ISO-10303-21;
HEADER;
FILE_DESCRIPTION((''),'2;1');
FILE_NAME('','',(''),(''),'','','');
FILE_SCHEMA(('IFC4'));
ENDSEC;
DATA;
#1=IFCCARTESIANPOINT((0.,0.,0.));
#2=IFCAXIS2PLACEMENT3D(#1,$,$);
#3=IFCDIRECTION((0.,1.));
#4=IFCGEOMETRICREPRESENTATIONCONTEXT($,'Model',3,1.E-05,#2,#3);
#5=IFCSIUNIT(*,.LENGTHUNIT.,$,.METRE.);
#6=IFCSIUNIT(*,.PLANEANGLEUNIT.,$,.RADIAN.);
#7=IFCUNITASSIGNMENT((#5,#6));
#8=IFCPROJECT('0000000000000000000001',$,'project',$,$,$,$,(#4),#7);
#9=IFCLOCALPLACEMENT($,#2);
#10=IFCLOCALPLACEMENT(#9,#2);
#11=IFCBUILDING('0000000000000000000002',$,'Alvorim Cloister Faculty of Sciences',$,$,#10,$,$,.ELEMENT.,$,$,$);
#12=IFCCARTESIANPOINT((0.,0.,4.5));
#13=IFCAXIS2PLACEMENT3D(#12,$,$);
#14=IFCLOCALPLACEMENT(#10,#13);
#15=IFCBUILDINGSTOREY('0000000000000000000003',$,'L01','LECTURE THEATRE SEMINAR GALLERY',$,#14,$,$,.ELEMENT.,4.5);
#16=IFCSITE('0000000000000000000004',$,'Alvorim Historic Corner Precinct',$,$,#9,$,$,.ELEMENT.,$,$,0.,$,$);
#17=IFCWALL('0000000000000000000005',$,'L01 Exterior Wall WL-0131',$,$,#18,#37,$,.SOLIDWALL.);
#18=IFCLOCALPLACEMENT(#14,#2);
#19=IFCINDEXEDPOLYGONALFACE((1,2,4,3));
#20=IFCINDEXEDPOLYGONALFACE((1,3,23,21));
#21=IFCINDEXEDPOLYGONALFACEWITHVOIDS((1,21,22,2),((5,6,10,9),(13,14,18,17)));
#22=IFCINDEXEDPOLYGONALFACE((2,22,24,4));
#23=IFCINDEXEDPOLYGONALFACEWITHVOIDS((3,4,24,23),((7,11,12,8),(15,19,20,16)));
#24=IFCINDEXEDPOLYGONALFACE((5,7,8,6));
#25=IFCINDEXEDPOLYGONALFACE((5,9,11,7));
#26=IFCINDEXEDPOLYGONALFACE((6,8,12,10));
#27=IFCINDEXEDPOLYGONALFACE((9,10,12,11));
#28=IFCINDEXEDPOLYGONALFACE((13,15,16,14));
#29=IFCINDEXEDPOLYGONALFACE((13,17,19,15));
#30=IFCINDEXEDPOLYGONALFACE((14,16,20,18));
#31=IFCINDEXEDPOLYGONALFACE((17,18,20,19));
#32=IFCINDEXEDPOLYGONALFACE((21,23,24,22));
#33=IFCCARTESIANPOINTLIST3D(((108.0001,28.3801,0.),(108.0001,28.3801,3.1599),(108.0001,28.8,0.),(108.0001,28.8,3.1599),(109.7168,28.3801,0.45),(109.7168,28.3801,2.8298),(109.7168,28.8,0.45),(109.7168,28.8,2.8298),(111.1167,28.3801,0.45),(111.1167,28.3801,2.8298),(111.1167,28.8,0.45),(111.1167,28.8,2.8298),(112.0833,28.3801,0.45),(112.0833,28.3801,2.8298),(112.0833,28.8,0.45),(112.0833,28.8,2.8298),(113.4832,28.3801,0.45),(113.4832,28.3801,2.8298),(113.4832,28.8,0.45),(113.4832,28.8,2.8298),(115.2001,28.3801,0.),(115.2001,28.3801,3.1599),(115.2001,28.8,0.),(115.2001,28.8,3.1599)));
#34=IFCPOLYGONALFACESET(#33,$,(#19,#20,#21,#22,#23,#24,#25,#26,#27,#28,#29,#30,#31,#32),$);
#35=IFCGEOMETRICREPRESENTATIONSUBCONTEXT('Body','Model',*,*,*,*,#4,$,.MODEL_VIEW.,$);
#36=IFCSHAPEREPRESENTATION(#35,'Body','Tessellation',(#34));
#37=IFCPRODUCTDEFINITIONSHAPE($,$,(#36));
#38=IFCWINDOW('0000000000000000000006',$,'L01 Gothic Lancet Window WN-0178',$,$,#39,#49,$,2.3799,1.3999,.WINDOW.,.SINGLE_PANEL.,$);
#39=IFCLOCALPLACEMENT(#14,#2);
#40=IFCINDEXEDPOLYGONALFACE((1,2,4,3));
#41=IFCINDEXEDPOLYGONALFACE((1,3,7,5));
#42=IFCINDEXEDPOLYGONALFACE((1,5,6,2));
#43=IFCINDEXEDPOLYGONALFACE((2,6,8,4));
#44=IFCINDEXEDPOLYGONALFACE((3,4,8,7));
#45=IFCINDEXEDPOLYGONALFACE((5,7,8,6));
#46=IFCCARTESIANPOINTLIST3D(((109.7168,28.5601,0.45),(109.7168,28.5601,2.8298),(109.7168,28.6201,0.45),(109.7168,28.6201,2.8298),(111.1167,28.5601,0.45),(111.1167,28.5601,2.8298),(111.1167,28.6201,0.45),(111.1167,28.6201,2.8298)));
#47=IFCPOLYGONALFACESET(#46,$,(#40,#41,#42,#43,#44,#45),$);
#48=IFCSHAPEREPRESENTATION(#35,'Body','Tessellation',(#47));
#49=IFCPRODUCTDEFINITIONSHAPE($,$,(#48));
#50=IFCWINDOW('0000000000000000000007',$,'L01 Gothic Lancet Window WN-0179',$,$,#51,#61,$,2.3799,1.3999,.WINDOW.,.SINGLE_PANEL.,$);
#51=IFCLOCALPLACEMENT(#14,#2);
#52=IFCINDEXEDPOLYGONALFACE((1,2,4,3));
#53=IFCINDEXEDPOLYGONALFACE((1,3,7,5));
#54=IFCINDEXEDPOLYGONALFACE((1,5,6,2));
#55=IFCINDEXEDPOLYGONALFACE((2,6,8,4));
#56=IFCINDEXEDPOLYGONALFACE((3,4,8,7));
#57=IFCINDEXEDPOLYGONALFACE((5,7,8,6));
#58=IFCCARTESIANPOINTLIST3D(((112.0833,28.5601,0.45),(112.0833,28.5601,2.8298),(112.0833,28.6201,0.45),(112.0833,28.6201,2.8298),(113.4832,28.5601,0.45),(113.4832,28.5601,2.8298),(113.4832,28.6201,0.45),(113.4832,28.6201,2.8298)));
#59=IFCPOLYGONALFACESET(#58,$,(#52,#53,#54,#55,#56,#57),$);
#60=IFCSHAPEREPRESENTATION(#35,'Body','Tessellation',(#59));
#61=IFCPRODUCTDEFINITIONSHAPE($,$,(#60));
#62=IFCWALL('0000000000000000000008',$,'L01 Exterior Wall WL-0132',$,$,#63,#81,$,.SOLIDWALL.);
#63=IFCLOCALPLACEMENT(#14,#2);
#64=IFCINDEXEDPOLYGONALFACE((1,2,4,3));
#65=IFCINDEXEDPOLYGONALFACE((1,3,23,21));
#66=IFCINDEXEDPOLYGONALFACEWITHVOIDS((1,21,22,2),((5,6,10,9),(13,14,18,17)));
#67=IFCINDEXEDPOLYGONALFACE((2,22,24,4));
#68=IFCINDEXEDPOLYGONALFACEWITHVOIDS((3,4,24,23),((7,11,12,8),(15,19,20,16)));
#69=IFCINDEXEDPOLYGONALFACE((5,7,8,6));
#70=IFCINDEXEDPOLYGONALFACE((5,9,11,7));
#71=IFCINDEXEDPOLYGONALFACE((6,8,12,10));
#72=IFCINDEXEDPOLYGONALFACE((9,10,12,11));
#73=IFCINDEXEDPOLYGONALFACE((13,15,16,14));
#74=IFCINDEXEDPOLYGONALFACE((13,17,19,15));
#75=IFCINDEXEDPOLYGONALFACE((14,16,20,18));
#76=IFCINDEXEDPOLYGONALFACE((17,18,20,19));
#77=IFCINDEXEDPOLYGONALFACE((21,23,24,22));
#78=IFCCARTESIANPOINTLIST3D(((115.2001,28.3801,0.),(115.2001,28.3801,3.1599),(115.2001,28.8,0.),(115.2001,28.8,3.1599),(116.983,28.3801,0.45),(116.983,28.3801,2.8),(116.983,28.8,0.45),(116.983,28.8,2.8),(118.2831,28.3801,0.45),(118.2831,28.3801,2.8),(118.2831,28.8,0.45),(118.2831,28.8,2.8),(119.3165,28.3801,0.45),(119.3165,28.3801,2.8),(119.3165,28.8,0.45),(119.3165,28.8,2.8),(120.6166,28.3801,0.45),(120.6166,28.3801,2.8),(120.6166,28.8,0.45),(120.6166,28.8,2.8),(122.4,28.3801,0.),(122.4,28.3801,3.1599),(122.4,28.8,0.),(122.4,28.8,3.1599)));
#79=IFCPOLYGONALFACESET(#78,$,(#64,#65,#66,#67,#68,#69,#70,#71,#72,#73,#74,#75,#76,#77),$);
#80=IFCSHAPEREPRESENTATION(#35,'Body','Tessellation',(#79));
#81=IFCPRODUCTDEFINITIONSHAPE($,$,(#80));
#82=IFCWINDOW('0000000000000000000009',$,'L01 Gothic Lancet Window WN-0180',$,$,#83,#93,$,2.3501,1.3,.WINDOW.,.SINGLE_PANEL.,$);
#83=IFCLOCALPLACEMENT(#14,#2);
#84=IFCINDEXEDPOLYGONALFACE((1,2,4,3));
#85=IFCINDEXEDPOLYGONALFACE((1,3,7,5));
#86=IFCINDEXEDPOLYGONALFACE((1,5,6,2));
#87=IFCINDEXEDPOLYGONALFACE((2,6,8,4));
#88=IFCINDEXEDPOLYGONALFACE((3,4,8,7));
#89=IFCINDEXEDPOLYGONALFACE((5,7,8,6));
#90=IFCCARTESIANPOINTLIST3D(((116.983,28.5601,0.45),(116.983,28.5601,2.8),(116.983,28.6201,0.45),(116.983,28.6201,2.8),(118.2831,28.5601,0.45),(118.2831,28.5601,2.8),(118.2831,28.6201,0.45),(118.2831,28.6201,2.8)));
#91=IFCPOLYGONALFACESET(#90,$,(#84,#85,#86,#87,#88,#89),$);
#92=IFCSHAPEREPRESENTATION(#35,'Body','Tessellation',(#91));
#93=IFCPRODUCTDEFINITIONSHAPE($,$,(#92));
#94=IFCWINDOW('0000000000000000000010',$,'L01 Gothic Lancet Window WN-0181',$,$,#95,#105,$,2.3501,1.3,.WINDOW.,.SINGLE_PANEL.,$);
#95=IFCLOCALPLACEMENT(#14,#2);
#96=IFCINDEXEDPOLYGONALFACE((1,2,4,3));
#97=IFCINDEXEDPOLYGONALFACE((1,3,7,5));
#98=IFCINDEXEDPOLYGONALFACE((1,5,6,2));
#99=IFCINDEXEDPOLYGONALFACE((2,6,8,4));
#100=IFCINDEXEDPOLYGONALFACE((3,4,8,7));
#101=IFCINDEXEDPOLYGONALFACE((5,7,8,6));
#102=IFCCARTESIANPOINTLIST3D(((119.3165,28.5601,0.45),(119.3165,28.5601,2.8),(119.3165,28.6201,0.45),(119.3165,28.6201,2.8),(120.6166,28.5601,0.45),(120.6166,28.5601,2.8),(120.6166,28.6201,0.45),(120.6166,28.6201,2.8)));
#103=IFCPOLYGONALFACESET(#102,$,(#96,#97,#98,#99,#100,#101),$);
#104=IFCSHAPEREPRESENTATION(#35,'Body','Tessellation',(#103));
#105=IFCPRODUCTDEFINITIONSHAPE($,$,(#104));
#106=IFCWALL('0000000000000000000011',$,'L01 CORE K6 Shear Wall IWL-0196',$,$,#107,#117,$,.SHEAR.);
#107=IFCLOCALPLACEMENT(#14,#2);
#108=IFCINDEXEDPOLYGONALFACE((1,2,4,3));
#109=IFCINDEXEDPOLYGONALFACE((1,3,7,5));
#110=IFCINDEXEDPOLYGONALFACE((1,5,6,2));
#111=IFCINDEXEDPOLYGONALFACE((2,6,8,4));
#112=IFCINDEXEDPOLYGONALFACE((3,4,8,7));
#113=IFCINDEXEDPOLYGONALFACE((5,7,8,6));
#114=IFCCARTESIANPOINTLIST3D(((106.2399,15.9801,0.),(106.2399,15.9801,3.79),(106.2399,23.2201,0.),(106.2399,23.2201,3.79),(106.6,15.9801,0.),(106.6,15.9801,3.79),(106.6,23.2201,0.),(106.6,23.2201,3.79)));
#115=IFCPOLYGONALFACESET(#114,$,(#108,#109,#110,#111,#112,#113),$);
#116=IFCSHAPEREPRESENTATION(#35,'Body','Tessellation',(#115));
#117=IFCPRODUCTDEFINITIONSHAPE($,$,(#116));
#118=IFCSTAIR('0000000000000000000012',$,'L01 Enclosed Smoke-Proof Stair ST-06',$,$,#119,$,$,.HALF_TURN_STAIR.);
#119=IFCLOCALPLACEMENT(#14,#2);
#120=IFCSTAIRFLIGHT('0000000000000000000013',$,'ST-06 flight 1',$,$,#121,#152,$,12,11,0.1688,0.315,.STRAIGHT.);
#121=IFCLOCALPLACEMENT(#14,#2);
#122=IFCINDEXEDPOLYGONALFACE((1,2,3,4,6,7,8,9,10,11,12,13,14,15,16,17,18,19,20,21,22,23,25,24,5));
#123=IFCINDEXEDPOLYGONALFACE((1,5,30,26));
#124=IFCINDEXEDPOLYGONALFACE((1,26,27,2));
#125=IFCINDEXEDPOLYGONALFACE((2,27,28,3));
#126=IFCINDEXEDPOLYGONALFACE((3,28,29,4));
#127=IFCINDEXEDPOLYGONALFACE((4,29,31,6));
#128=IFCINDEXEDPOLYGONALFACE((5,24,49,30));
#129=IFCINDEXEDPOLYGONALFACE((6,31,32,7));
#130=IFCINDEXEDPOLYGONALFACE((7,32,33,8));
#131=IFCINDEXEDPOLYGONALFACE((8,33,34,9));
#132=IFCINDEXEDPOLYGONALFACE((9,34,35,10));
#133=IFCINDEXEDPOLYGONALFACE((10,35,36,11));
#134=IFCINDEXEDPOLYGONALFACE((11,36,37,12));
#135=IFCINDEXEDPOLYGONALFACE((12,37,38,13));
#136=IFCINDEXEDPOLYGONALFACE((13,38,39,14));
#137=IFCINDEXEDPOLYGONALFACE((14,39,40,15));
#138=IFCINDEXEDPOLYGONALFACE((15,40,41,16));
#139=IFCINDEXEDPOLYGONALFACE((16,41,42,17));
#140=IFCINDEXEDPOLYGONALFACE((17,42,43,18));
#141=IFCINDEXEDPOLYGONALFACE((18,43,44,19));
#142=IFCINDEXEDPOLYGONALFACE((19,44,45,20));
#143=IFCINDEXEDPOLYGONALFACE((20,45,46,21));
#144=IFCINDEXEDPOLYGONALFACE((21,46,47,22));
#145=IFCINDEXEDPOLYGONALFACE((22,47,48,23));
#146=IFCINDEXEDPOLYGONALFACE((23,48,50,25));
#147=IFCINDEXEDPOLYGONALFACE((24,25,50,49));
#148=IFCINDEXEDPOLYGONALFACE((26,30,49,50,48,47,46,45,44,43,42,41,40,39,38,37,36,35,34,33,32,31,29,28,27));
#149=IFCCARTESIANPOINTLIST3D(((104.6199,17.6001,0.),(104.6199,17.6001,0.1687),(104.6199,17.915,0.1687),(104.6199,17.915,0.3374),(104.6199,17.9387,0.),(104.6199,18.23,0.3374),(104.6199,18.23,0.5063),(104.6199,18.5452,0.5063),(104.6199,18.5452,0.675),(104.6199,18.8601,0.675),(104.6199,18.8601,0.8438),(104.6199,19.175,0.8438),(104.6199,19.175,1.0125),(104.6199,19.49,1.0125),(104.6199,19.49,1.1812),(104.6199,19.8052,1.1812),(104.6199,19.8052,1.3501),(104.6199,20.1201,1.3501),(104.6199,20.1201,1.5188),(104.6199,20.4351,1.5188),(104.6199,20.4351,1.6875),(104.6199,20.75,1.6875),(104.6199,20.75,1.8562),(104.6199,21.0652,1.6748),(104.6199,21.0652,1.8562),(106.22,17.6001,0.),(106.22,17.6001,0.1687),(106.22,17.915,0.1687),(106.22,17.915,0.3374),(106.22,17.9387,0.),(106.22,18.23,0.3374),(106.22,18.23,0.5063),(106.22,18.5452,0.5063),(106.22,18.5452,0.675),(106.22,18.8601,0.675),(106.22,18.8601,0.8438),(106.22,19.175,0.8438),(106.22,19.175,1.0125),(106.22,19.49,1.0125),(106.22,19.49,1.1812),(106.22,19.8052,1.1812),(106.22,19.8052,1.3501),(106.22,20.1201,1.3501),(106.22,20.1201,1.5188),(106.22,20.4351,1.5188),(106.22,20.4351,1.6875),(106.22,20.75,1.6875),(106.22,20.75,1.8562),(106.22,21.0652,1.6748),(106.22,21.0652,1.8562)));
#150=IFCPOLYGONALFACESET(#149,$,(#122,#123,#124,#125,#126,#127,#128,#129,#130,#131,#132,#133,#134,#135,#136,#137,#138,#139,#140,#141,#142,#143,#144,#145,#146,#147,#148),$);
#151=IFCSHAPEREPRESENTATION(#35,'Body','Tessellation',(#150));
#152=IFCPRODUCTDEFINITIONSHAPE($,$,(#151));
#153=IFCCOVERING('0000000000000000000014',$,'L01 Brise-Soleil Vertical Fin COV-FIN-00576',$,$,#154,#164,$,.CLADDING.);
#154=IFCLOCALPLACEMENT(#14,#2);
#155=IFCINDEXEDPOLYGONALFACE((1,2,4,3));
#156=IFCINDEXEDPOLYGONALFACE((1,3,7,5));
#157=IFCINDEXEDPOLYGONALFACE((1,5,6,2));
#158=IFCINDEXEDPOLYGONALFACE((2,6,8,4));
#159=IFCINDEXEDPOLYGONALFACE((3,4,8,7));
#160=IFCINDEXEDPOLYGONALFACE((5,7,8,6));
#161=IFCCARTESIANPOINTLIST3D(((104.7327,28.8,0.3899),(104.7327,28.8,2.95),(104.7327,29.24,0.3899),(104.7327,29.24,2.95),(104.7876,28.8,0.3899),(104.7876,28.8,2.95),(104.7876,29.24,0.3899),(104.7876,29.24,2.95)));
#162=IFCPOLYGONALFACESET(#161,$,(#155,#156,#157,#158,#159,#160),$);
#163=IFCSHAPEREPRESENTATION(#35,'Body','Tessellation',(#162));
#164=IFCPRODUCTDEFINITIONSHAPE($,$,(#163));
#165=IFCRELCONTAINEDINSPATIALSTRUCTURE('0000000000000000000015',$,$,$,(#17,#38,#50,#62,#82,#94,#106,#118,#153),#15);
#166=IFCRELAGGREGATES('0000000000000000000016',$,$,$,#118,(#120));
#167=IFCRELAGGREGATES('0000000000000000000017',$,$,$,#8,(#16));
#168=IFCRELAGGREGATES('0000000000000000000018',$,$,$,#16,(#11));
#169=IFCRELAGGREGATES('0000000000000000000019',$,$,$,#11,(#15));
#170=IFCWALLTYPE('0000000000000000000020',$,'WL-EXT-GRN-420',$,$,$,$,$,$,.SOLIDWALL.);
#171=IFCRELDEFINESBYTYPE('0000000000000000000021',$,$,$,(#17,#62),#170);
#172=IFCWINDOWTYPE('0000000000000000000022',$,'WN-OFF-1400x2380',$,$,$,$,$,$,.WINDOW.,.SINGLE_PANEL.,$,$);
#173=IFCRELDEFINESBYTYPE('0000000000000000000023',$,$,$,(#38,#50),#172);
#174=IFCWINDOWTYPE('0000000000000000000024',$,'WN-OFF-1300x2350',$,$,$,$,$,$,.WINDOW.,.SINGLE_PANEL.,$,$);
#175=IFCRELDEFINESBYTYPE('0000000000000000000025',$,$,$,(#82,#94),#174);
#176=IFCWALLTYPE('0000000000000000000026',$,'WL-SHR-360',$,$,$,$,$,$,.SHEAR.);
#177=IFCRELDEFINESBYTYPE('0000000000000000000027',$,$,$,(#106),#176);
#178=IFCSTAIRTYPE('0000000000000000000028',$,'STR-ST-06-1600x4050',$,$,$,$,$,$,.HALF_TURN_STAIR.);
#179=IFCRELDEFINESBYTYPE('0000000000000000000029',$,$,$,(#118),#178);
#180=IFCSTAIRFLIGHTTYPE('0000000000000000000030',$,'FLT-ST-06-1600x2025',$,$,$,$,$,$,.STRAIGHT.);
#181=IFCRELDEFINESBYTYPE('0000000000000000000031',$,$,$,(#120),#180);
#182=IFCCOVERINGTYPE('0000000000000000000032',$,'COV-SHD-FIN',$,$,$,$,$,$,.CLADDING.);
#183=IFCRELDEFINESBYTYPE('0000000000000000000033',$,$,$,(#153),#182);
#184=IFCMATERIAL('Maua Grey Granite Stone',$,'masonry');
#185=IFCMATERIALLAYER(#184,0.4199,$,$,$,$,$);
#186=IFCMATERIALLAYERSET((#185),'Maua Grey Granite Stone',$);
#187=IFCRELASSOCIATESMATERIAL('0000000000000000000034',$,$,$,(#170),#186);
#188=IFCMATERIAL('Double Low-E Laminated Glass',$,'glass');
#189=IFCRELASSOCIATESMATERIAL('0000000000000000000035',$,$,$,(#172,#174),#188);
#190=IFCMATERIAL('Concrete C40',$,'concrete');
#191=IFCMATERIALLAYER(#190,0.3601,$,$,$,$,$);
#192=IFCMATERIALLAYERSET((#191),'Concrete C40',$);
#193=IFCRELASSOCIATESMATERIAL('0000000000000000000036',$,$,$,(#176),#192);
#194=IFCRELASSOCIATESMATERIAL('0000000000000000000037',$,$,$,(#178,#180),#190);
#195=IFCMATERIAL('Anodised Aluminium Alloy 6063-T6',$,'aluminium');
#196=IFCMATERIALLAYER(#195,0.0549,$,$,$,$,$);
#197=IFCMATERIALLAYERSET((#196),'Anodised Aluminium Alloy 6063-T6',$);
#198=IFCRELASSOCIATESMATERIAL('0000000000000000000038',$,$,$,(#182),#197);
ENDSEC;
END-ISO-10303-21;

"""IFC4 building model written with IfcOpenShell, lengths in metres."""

from ifc_helpers import new_model, si_unit, direction, frame, frame_2d, origin, place, context, subcontext, project, spatial, polyline, rectangle, outline, extrude, material, layer, layer_set, type_object, element, fill, aggregate, save


model = new_model("IFC4")

# Units and contexts
model_context = context("Model", 3, precision=1e-05, world=origin(), true_north=direction((0.0, 1.0)))
body_context = subcontext(model_context, "Body", "Model", "MODEL_VIEW")
ifc_project = project(units=[si_unit("LENGTHUNIT", "METRE"), si_unit("PLANEANGLEUNIT", "RADIAN")], contexts=[model_context])

# Site, building, storey
site_placement = place(None, origin())
site = spatial("IfcSite", under=ifc_project, at=site_placement, Name="Alvorim Historic Corner Precinct", CompositionType="ELEMENT", RefElevation=0.0)
building_placement = place(site_placement, origin())
building = spatial("IfcBuilding", under=site, at=building_placement, Name="Alvorim Cloister Faculty of Sciences", CompositionType="ELEMENT")
storey_placement = place(building_placement, frame((0.0, 0.0, 4.5)))
storey = spatial("IfcBuildingStorey", under=building, at=storey_placement, Name="L01", Description="LECTURE THEATRE SEMINAR GALLERY", CompositionType="ELEMENT", Elevation=4.5)

# Shared definitions
ifc_material_1 = material(Name="Concrete C40", Category="concrete")

# Walls, openings, windows
ifc_material_2 = material(Name="Maua Grey Granite Stone", Category="masonry")
ifc_layer_1 = layer(ifc_material_2, 0.4199)
ifc_layer_set_1 = layer_set([ifc_layer_1], Name="Maua Grey Granite Stone")
wall_type_1 = type_object("IfcWallType", Name="WL-EXT-GRN-420", PredefinedType="SOLIDWALL", material=ifc_layer_set_1)
wall_1_placement = place(storey_placement, frame((108.0, 28.5901, 0.0), z_axis=(0.0, 0.0, 1.0), x_axis=(1.0, 0.0, 0.0)))
wall_1 = element("IfcWall", 1, at=wall_1_placement, inside=storey, type_object=wall_type_1, Name="L01 Exterior Wall WL-0131", PredefinedType="SOLIDWALL", context=body_context, shape_type="SweptSolid", body=[
    extrude(rectangle(XDim=7.2, YDim=0.4199, at=frame_2d((3.6001, 0.0))), origin(), (0.0, 0.0, 1.0), 3.1599),
])
opening_1_placement = place(wall_1_placement, frame((1.7168, 0.0, 0.45)))
opening_1 = element("IfcOpeningElement", 2, at=opening_1_placement, cuts=wall_1, PredefinedType="OPENING", context=body_context, shape_type="SweptSolid", body=[
    extrude(rectangle(XDim=1.3999, YDim=2.3799, at=frame_2d((0.7, 1.1899))), frame((0.0, 0.2219, 0.0), z_axis=(0.0, -1.0, 0.0), x_axis=(1.0, 0.0, 0.0)), (0.0, 0.0, 1.0), 0.4438),
])
opening_2_placement = place(wall_1_placement, frame((4.0833, 0.0, 0.45)))
opening_2 = element("IfcOpeningElement", 3, at=opening_2_placement, cuts=wall_1, PredefinedType="OPENING", context=body_context, shape_type="SweptSolid", body=[
    extrude(rectangle(XDim=1.3999, YDim=2.3799, at=frame_2d((0.7, 1.1899))), frame((0.0, 0.2219, 0.0), z_axis=(0.0, -1.0, 0.0), x_axis=(1.0, 0.0, 0.0)), (0.0, 0.0, 1.0), 0.4438),
])
ifc_material_3 = material(Name="Double Low-E Laminated Glass", Category="glass")
window_type_1 = type_object("IfcWindowType", Name="WN-OFF-1400x2380", PartitioningType="SINGLE_PANEL", PredefinedType="WINDOW", material=ifc_material_3)
window_1_placement = place(opening_1_placement, origin())
window_1 = element("IfcWindow", 4, at=window_1_placement, inside=storey, type_object=window_type_1, Name="L01 Gothic Lancet Window WN-0178", OverallHeight=2.3799, OverallWidth=1.3999, PartitioningType="SINGLE_PANEL", PredefinedType="WINDOW", context=body_context, shape_type="SweptSolid", body=[
    extrude(rectangle(XDim=1.3999, YDim=2.3799, at=frame_2d((0.7, 1.1899))), frame((0.0, 0.03, 0.0), z_axis=(0.0, -1.0, 0.0), x_axis=(1.0, 0.0, 0.0)), (0.0, 0.0, 1.0), 0.0601),
])
fill(opening_1, window_1)
window_2_placement = place(opening_2_placement, origin())
window_2 = element("IfcWindow", 5, at=window_2_placement, inside=storey, type_object=window_type_1, Name="L01 Gothic Lancet Window WN-0179", OverallHeight=2.3799, OverallWidth=1.3999, PartitioningType="SINGLE_PANEL", PredefinedType="WINDOW", context=body_context, shape_type="SweptSolid", body=[
    extrude(rectangle(XDim=1.3999, YDim=2.3799, at=frame_2d((0.7, 1.1899))), frame((0.0, 0.03, 0.0), z_axis=(0.0, -1.0, 0.0), x_axis=(1.0, 0.0, 0.0)), (0.0, 0.0, 1.0), 0.0601),
])
fill(opening_2, window_2)
wall_2_placement = place(storey_placement, frame((115.2, 28.5901, 0.0), z_axis=(0.0, 0.0, 1.0), x_axis=(1.0, 0.0, 0.0)))
wall_2 = element("IfcWall", 6, at=wall_2_placement, inside=storey, type_object=wall_type_1, Name="L01 Exterior Wall WL-0132", PredefinedType="SOLIDWALL", context=body_context, shape_type="SweptSolid", body=[
    extrude(rectangle(XDim=7.2, YDim=0.4199, at=frame_2d((3.6001, 0.0))), origin(), (0.0, 0.0, 1.0), 3.1599),
])
opening_3_placement = place(wall_2_placement, frame((1.7832, 0.0, 0.45)))
opening_3 = element("IfcOpeningElement", 7, at=opening_3_placement, cuts=wall_2, PredefinedType="OPENING", context=body_context, shape_type="SweptSolid", body=[
    extrude(rectangle(XDim=1.3, YDim=2.3501, at=frame_2d((0.6499, 1.175))), frame((0.0, 0.2219, 0.0), z_axis=(0.0, -1.0, 0.0), x_axis=(1.0, 0.0, 0.0)), (0.0, 0.0, 1.0), 0.4438),
])
opening_4_placement = place(wall_2_placement, frame((4.1167, 0.0, 0.45)))
opening_4 = element("IfcOpeningElement", 8, at=opening_4_placement, cuts=wall_2, PredefinedType="OPENING", context=body_context, shape_type="SweptSolid", body=[
    extrude(rectangle(XDim=1.3, YDim=2.3501, at=frame_2d((0.6499, 1.175))), frame((0.0, 0.2219, 0.0), z_axis=(0.0, -1.0, 0.0), x_axis=(1.0, 0.0, 0.0)), (0.0, 0.0, 1.0), 0.4438),
])
window_type_2 = type_object("IfcWindowType", Name="WN-OFF-1300x2350", PartitioningType="SINGLE_PANEL", PredefinedType="WINDOW", material=ifc_material_3)
window_3_placement = place(opening_3_placement, origin())
window_3 = element("IfcWindow", 9, at=window_3_placement, inside=storey, type_object=window_type_2, Name="L01 Gothic Lancet Window WN-0180", OverallHeight=2.3501, OverallWidth=1.3, PartitioningType="SINGLE_PANEL", PredefinedType="WINDOW", context=body_context, shape_type="SweptSolid", body=[
    extrude(rectangle(XDim=1.3, YDim=2.3501, at=frame_2d((0.6499, 1.175))), frame((0.0, 0.03, 0.0), z_axis=(0.0, -1.0, 0.0), x_axis=(1.0, 0.0, 0.0)), (0.0, 0.0, 1.0), 0.0601),
])
fill(opening_3, window_3)
window_4_placement = place(opening_4_placement, origin())
window_4 = element("IfcWindow", 10, at=window_4_placement, inside=storey, type_object=window_type_2, Name="L01 Gothic Lancet Window WN-0181", OverallHeight=2.3501, OverallWidth=1.3, PartitioningType="SINGLE_PANEL", PredefinedType="WINDOW", context=body_context, shape_type="SweptSolid", body=[
    extrude(rectangle(XDim=1.3, YDim=2.3501, at=frame_2d((0.6499, 1.175))), frame((0.0, 0.03, 0.0), z_axis=(0.0, -1.0, 0.0), x_axis=(1.0, 0.0, 0.0)), (0.0, 0.0, 1.0), 0.0601),
])
fill(opening_4, window_4)

# Wall
ifc_layer_2 = layer(ifc_material_1, 0.3601)
ifc_layer_set_2 = layer_set([ifc_layer_2], Name="Concrete C40")
wall_type_2 = type_object("IfcWallType", Name="WL-SHR-360", PredefinedType="SHEAR", material=ifc_layer_set_2)
wall_3_placement = place(storey_placement, frame((106.4199, 15.98, 0.0), z_axis=(0.0, 0.0, 1.0), x_axis=(0.0, 1.0, 0.0)))
element("IfcWall", 11, at=wall_3_placement, inside=storey, type_object=wall_type_2, Name="L01 CORE K6 Shear Wall IWL-0196", PredefinedType="SHEAR", context=body_context, shape_type="SweptSolid", body=[
    extrude(rectangle(XDim=7.24, YDim=0.3601, at=frame_2d((3.6201, 0.0))), origin(), (0.0, 0.0, 1.0), 3.79),
])

# Stair, stair flight
stair_type = type_object("IfcStairType", Name="STR-ST-06-1600x4050", PredefinedType="HALF_TURN_STAIR", material=ifc_material_1)
stair_placement = place(storey_placement, origin())
stair = element("IfcStair", 12, at=stair_placement, inside=storey, type_object=stair_type, Name="L01 Enclosed Smoke-Proof Stair ST-06", PredefinedType="HALF_TURN_STAIR")
stair_flight_type = type_object("IfcStairFlightType", Name="FLT-ST-06-1600x2025", PredefinedType="STRAIGHT", material=ifc_material_1)
stair_flight_placement = place(storey_placement, frame((105.4199, 17.6001, 0.0), z_axis=(0.0, 0.0, 1.0), x_axis=(0.0, 1.0, 0.0)))
stair_flight = element("IfcStairFlight", 13, at=stair_flight_placement, type_object=stair_flight_type, Name="ST-06 flight 1", NumberOfRisers=12, NumberOfTreads=11, PredefinedType="STRAIGHT", RiserHeight=0.1688, TreadLength=0.315, context=body_context, shape_type="SweptSolid", body=[
    extrude(outline(polyline([(0.3386, 0.0), (3.4651, 1.6748), (3.4651, 2.0249), (3.4651, 1.8562), (3.1499, 1.8562), (3.1499, 1.6875), (2.835, 1.6875), (2.835, 1.5188), (2.52, 1.5188), (2.52, 1.3501), (2.2051, 1.3501), (2.2051, 1.1812), (1.8899, 1.1812), (1.8899, 1.0125), (1.575, 1.0125), (1.575, 0.8438), (1.26, 0.8438), (1.26, 0.675), (0.9451, 0.675), (0.9451, 0.5063), (0.6299, 0.5063), (0.6299, 0.3374), (0.3149, 0.3374), (0.3149, 0.1687), (0.0, 0.1687), (0.0, 0.0), (0.3386, 0.0)])), frame((0.0, 0.8, 0.0), z_axis=(0.0, -1.0, 0.0), x_axis=(1.0, 0.0, 0.0)), (0.0, 0.0, 1.0), 1.6001),
])
aggregate(stair, [stair_flight])

# Covering
ifc_material_4 = material(Name="Anodised Aluminium Alloy 6063-T6", Category="aluminium")
ifc_layer_3 = layer(ifc_material_4, 0.0549)
ifc_layer_set_3 = layer_set([ifc_layer_3], Name="Anodised Aluminium Alloy 6063-T6")
covering_type = type_object("IfcCoveringType", Name="COV-SHD-FIN", PredefinedType="CLADDING", material=ifc_layer_set_3)
for number, where, z_axis, x_axis, name in (
    (14, (104.76, 28.8, 0.3899), (0.0, 0.0, 1.0), (0.0, 1.0, 0.0), "L01 Brise-Soleil Vertical Fin COV-FIN-00576"),
):
    element("IfcCovering", number, at=place(storey_placement, frame(where, z_axis=z_axis, x_axis=x_axis)), inside=storey, type_object=covering_type, Name=name, PredefinedType="CLADDING", context=body_context, shape_type="SweptSolid", body=[
        extrude(outline(polyline([(0.0, 0.0), (0.4399, 0.0), (0.4399, 2.5601), (0.0, 2.5601), (0.0, 0.0)])), frame((0.0, 0.0273, 0.0), z_axis=(0.0, -1.0, 0.0), x_axis=(1.0, 0.0, 0.0)), (0.0, 0.0, 1.0), 0.0549),
    ])

save(model, "model.ifc")
